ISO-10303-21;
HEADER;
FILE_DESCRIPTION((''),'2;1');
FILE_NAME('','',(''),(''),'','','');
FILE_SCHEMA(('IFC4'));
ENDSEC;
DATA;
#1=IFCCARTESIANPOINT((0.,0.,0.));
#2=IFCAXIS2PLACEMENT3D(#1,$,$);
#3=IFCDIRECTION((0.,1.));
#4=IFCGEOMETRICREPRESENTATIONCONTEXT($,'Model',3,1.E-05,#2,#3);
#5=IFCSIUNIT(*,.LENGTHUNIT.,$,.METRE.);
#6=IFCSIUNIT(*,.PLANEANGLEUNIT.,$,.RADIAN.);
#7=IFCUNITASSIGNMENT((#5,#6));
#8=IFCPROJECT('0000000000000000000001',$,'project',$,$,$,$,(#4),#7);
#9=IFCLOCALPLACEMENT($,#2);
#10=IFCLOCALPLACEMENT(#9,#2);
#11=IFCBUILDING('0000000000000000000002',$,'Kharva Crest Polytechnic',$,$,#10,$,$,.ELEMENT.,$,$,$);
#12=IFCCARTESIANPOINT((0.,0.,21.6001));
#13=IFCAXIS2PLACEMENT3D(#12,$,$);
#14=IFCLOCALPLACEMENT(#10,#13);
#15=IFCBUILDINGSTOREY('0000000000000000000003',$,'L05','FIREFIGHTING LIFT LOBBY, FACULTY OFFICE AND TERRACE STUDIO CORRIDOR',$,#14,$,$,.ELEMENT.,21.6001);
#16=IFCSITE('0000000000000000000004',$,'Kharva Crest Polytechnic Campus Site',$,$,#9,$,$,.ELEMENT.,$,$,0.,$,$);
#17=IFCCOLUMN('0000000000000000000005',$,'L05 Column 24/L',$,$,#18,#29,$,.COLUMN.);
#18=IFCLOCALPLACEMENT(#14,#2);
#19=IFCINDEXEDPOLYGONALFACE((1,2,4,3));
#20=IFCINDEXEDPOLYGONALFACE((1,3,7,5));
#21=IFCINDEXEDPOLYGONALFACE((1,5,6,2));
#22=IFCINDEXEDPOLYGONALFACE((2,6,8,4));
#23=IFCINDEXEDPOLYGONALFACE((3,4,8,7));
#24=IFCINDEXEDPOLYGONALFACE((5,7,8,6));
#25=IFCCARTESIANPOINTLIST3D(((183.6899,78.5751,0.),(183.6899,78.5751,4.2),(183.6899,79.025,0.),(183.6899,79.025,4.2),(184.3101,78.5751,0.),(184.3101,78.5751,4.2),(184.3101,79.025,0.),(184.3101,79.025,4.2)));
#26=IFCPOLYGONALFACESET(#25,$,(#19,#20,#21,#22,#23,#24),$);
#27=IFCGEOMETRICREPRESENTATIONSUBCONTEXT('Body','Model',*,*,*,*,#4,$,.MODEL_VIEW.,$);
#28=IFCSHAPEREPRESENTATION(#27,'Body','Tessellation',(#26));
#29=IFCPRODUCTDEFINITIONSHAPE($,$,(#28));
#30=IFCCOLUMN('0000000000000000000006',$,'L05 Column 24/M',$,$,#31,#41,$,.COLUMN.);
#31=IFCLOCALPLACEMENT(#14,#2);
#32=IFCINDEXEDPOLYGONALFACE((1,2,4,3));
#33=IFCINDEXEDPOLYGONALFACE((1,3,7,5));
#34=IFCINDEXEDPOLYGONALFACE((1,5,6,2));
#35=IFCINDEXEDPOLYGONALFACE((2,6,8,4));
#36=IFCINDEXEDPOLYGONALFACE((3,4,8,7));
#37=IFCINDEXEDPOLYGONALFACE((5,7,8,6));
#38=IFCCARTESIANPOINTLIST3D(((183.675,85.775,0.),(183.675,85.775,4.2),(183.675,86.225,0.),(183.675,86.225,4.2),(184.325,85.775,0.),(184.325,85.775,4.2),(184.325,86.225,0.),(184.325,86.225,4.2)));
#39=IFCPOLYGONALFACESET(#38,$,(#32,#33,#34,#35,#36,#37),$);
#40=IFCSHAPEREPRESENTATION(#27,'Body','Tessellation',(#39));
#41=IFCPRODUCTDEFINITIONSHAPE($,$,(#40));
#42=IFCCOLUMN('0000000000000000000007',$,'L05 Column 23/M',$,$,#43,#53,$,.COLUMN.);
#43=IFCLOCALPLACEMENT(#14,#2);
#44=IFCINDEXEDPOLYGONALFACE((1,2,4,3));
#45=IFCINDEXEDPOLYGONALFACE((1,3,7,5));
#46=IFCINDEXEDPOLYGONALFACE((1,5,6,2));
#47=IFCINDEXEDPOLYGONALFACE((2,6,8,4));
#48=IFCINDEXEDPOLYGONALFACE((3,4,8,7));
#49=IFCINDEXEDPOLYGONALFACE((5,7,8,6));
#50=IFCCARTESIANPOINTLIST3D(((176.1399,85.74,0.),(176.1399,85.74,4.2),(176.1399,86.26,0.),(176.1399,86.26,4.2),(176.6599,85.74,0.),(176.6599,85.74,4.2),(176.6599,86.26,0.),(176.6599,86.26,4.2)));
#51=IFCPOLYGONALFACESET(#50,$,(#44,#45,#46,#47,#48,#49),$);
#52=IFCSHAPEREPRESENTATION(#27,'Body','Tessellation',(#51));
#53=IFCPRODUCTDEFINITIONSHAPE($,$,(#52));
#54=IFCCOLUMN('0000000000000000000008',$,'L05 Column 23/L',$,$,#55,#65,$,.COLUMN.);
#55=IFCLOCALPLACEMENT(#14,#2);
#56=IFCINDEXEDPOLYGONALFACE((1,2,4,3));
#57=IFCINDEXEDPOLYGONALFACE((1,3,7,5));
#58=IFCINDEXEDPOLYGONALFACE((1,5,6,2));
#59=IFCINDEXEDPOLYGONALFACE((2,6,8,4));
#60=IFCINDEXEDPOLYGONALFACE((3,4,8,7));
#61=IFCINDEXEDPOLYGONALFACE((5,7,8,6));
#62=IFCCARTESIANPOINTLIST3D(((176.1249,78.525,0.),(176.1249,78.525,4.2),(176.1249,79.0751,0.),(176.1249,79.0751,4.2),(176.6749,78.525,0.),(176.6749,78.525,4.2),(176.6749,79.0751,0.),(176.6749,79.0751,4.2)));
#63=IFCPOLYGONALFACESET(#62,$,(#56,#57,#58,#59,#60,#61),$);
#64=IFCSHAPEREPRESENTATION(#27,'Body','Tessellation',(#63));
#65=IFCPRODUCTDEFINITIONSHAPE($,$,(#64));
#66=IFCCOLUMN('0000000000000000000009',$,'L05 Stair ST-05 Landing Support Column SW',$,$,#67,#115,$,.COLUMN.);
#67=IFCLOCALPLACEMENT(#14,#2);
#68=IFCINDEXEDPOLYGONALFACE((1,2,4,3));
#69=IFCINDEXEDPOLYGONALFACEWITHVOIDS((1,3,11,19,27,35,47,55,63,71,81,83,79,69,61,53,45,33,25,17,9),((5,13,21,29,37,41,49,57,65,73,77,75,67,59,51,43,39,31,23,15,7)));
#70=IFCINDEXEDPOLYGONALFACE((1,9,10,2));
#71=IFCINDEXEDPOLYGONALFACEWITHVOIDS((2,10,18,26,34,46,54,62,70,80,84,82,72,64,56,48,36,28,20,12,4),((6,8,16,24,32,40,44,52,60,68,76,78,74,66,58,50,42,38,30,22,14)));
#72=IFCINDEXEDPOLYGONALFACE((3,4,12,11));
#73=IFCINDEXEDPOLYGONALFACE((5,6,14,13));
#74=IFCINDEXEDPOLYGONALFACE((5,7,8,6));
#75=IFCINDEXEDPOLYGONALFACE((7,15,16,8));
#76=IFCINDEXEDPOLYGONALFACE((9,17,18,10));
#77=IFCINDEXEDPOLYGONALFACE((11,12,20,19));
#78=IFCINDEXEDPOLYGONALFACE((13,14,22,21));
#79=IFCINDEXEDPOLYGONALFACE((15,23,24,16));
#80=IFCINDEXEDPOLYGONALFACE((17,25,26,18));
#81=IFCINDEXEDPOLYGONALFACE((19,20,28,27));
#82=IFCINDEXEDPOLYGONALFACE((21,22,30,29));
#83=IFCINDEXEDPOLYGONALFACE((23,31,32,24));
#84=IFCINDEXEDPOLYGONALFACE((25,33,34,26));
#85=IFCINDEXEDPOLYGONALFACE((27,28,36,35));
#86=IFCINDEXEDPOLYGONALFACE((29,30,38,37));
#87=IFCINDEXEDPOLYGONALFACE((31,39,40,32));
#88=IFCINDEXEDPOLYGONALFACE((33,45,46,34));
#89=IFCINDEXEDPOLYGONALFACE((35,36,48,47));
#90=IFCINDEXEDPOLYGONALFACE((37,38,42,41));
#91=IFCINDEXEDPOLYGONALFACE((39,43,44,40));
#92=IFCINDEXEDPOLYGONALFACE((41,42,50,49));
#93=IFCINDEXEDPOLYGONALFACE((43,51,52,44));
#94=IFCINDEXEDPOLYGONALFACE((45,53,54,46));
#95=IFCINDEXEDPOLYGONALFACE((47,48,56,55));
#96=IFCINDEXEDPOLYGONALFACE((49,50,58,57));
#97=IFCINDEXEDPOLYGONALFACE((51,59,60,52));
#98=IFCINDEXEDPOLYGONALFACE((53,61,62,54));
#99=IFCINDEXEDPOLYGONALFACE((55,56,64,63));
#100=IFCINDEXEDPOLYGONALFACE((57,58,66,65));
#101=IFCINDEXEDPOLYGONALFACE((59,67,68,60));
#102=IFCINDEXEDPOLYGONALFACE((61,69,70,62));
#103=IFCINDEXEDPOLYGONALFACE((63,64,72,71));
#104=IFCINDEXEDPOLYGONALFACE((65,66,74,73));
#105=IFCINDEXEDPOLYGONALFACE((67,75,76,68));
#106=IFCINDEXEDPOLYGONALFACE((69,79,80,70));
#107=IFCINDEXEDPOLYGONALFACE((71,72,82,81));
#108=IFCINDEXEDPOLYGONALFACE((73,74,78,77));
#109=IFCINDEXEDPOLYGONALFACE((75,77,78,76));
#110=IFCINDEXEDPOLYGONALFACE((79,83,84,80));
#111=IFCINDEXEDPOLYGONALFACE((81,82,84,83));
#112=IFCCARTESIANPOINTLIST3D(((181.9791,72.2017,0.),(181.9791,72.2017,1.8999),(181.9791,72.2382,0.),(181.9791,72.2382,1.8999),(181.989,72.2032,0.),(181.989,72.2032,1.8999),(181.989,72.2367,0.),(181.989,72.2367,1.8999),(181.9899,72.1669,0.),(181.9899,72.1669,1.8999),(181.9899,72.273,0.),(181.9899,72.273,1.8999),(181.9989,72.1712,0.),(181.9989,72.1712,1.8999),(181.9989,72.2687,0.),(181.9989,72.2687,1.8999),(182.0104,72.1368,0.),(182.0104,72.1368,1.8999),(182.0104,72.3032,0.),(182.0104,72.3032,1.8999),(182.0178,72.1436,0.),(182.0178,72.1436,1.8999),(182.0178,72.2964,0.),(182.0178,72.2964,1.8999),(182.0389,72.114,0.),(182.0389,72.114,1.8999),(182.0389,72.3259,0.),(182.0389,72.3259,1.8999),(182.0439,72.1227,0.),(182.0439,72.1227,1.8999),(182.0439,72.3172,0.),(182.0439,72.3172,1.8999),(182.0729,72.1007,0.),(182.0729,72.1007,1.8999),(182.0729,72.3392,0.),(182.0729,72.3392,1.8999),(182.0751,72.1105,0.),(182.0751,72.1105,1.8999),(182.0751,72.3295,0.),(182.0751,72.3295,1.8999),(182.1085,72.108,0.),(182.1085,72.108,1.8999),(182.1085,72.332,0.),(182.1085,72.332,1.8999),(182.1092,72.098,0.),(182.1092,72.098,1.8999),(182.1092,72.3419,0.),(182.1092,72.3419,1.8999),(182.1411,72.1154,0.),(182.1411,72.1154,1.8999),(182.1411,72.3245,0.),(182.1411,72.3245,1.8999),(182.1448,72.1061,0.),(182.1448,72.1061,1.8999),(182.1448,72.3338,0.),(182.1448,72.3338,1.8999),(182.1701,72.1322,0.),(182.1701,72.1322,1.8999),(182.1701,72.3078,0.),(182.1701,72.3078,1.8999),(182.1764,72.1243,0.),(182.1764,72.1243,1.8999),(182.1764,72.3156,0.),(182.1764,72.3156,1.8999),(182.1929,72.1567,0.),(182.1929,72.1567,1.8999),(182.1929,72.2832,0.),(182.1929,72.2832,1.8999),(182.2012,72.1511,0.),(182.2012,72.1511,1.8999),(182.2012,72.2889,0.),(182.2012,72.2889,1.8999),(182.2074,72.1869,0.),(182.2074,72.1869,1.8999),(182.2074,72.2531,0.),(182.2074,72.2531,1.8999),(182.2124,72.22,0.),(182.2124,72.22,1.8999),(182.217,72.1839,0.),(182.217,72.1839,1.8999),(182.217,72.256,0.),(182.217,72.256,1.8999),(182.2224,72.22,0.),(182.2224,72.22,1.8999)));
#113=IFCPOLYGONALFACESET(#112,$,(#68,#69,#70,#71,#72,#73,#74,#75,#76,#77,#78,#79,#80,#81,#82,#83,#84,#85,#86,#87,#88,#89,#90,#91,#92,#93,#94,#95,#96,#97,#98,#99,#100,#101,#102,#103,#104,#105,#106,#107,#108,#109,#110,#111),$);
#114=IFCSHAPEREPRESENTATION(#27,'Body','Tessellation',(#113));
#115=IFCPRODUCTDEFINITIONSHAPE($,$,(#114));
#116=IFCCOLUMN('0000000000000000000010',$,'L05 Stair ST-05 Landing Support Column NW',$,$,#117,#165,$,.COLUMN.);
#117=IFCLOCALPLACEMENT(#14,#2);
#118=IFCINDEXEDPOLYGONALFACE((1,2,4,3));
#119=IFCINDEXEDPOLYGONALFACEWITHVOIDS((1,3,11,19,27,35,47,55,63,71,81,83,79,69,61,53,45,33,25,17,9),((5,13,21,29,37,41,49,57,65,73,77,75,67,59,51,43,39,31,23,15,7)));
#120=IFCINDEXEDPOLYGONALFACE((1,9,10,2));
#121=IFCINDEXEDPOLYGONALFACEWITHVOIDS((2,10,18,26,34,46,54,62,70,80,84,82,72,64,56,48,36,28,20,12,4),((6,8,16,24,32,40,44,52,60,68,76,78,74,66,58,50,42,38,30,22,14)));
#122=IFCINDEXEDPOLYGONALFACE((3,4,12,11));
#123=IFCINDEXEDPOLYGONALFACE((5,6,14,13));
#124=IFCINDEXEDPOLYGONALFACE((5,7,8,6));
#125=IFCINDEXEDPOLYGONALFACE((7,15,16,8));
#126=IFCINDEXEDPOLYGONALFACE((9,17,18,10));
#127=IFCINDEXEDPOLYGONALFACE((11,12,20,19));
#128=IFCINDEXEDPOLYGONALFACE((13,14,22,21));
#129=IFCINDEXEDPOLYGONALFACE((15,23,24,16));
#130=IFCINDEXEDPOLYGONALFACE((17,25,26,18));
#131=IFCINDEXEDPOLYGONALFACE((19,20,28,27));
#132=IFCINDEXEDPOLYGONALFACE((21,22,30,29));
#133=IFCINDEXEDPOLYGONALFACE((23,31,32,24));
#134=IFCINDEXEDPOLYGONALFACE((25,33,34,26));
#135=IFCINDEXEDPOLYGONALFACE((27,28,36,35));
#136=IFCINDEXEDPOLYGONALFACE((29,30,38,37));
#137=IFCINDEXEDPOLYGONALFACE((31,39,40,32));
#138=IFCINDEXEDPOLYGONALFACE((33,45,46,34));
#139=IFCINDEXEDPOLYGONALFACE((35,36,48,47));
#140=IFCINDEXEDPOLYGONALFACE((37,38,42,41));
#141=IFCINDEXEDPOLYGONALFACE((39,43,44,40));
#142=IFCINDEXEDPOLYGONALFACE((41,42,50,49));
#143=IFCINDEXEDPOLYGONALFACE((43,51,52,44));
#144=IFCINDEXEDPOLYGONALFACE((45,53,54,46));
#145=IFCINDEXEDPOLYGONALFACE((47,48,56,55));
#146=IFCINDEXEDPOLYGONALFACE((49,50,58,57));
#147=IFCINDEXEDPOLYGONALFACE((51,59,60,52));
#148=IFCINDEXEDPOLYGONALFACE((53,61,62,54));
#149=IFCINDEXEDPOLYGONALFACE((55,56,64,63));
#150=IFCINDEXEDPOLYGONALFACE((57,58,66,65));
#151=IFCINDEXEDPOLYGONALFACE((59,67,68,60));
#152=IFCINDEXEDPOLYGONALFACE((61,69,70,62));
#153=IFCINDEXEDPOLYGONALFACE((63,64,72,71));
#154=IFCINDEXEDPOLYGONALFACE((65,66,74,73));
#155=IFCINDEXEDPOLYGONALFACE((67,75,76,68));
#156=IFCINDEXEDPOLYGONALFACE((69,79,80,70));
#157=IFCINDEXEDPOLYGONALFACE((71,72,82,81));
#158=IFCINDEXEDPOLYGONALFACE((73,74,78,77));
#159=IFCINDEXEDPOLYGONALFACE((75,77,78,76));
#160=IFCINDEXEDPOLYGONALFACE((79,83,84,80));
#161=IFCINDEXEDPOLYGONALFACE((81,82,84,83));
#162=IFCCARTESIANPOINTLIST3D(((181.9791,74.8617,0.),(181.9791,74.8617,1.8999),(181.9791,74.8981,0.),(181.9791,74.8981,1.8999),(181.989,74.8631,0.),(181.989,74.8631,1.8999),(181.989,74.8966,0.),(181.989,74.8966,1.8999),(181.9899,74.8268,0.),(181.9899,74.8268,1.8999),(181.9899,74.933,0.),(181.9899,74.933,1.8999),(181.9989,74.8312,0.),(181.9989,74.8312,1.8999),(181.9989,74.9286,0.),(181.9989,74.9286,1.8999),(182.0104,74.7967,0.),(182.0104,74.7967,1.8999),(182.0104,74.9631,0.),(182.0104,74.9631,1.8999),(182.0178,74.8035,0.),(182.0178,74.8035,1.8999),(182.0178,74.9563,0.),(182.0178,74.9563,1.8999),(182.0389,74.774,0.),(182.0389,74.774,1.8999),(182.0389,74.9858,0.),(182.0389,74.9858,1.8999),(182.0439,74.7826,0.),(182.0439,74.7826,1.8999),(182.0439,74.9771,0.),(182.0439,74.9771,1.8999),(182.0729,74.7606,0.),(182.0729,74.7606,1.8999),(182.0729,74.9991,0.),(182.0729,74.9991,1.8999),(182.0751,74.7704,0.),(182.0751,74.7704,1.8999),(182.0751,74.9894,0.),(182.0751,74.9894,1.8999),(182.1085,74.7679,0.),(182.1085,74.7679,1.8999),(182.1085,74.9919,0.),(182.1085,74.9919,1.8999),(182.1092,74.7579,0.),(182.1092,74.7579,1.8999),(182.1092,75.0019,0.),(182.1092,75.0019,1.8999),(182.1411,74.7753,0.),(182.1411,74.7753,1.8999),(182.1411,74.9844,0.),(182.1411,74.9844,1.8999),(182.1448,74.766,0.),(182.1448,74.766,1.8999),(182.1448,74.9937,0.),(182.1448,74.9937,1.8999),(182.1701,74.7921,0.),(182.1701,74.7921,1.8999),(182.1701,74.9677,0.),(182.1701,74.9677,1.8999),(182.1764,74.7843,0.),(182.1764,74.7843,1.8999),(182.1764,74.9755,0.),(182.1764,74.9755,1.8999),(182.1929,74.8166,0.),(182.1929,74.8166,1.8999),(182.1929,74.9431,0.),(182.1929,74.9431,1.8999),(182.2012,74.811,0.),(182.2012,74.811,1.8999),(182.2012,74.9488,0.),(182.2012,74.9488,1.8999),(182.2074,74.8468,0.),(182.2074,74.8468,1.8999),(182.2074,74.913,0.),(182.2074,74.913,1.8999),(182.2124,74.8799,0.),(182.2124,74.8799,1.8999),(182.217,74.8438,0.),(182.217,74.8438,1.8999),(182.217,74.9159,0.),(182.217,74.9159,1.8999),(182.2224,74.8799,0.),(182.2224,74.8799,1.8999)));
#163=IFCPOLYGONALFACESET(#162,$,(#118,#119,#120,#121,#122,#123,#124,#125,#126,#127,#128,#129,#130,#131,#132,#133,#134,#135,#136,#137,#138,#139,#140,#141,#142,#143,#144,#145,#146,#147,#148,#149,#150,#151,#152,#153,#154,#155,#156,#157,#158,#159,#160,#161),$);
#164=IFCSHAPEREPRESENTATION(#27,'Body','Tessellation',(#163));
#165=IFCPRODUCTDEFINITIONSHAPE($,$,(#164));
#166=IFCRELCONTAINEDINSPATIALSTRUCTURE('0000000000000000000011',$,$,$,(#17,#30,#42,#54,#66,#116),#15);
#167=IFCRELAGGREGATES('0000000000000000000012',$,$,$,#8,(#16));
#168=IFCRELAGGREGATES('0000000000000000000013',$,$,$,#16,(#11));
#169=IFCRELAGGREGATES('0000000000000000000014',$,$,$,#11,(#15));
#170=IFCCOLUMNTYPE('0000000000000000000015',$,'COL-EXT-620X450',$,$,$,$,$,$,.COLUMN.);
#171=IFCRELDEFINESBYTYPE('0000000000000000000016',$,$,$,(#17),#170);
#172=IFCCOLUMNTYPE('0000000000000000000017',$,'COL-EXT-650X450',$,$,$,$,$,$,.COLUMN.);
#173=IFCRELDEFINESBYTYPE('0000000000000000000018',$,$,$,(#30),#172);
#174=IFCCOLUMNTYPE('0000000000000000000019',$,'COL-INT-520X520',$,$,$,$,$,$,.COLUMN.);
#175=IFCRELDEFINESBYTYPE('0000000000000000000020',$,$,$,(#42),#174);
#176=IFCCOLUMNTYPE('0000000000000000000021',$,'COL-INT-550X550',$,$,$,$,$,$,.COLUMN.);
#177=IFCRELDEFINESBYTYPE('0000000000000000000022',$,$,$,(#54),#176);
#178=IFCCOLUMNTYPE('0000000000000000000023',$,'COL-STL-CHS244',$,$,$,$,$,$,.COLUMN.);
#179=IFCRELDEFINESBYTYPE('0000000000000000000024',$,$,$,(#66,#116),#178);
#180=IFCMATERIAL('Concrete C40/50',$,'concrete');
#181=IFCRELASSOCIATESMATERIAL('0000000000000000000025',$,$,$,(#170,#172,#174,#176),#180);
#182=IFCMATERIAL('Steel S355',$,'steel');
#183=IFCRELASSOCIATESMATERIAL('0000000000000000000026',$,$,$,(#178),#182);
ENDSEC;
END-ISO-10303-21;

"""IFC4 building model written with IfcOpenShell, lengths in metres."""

from ifc_helpers import new_model, si_unit, direction, frame, origin, origin_2d, place, context, subcontext, project, spatial, rectangle, hollow_circle, extrude, material, material_profile, profile_set, type_object, element, save


model = new_model("IFC4")

# Units and contexts
model_context = context("Model", 3, precision=1e-05, world=origin(), true_north=direction((0.0, 1.0)))
body_context = subcontext(model_context, "Body", "Model", "MODEL_VIEW")
ifc_project = project(units=[si_unit("LENGTHUNIT", "METRE"), si_unit("PLANEANGLEUNIT", "RADIAN")], contexts=[model_context])

# Site, building, storey
site_placement = place(None, origin())
site = spatial("IfcSite", under=ifc_project, at=site_placement, Name="Kharva Crest Polytechnic Campus Site", CompositionType="ELEMENT", RefElevation=0.0)
building_placement = place(site_placement, origin())
building = spatial("IfcBuilding", under=site, at=building_placement, Name="Kharva Crest Polytechnic", CompositionType="ELEMENT")
storey_placement = place(building_placement, frame((0.0, 0.0, 21.6001)))
storey = spatial("IfcBuildingStorey", under=building, at=storey_placement, Name="L05", Description="FIREFIGHTING LIFT LOBBY, FACULTY OFFICE AND TERRACE STUDIO CORRIDOR", CompositionType="ELEMENT", Elevation=21.6001)

# Columns
ifc_material_1 = material(Name="Concrete C40/50", Category="concrete")
ifc_material_profile_1 = material_profile(ifc_material_1, rectangle(XDim=0.6201, YDim=0.45, at=origin_2d()), Name="RECT 620 X 450")
ifc_profile_set_1 = profile_set([ifc_material_profile_1], Name="Concrete C40/50")
column_type_1 = type_object("IfcColumnType", Name="COL-EXT-620X450", PredefinedType="COLUMN", material=ifc_profile_set_1)
column_1_placement = place(storey_placement, frame((184.0, 78.8, 0.0), z_axis=(0.0, 0.0, 1.0), x_axis=(1.0, 0.0, 0.0)))
element("IfcColumn", 1, at=column_1_placement, inside=storey, type_object=column_type_1, Name="L05 Column 24/L", PredefinedType="COLUMN", context=body_context, shape_type="SweptSolid", body=[
    extrude(rectangle(XDim=0.6201, YDim=0.45, at=origin_2d()), origin(), (0.0, 0.0, 1.0), 4.2),
])
ifc_material_profile_2 = material_profile(ifc_material_1, rectangle(XDim=0.6499, YDim=0.45, at=origin_2d()), Name="RECT 650 X 450")
ifc_profile_set_2 = profile_set([ifc_material_profile_2], Name="Concrete C40/50")
column_type_2 = type_object("IfcColumnType", Name="COL-EXT-650X450", PredefinedType="COLUMN", material=ifc_profile_set_2)
column_2_placement = place(storey_placement, frame((184.0, 86.0, 0.0), z_axis=(0.0, 0.0, 1.0), x_axis=(1.0, 0.0, 0.0)))
element("IfcColumn", 2, at=column_2_placement, inside=storey, type_object=column_type_2, Name="L05 Column 24/M", PredefinedType="COLUMN", context=body_context, shape_type="SweptSolid", body=[
    extrude(rectangle(XDim=0.6499, YDim=0.45, at=origin_2d()), origin(), (0.0, 0.0, 1.0), 4.2),
])
ifc_material_profile_3 = material_profile(ifc_material_1, rectangle(XDim=0.52, YDim=0.52, at=origin_2d()), Name="RECT 520 X 520")
ifc_profile_set_3 = profile_set([ifc_material_profile_3], Name="Concrete C40/50")
column_type_3 = type_object("IfcColumnType", Name="COL-INT-520X520", PredefinedType="COLUMN", material=ifc_profile_set_3)
column_3_placement = place(storey_placement, frame((176.3999, 86.0, 0.0), z_axis=(0.0, 0.0, 1.0), x_axis=(1.0, 0.0, 0.0)))
element("IfcColumn", 3, at=column_3_placement, inside=storey, type_object=column_type_3, Name="L05 Column 23/M", PredefinedType="COLUMN", context=body_context, shape_type="SweptSolid", body=[
    extrude(rectangle(XDim=0.52, YDim=0.52, at=origin_2d()), origin(), (0.0, 0.0, 1.0), 4.2),
])
ifc_material_profile_4 = material_profile(ifc_material_1, rectangle(XDim=0.55, YDim=0.55, at=origin_2d()), Name="RECT 550 X 550")
ifc_profile_set_4 = profile_set([ifc_material_profile_4], Name="Concrete C40/50")
column_type_4 = type_object("IfcColumnType", Name="COL-INT-550X550", PredefinedType="COLUMN", material=ifc_profile_set_4)
column_4_placement = place(storey_placement, frame((176.3999, 78.8, 0.0), z_axis=(0.0, 0.0, 1.0), x_axis=(1.0, 0.0, 0.0)))
element("IfcColumn", 4, at=column_4_placement, inside=storey, type_object=column_type_4, Name="L05 Column 23/L", PredefinedType="COLUMN", context=body_context, shape_type="SweptSolid", body=[
    extrude(rectangle(XDim=0.55, YDim=0.55, at=origin_2d()), origin(), (0.0, 0.0, 1.0), 4.2),
])
ifc_material_2 = material(Name="Steel S355", Category="steel")
ifc_material_profile_5 = material_profile(ifc_material_2, hollow_circle(Radius=0.1223, WallThickness=0.01, at=origin_2d()), Name="CHS 244.5X10.0")
ifc_profile_set_5 = profile_set([ifc_material_profile_5], Name="Steel S355")
column_type_5 = type_object("IfcColumnType", Name="COL-STL-CHS244", PredefinedType="COLUMN", material=ifc_profile_set_5)
for number, where, z_axis, x_axis, name in (
    (5, (182.1001, 72.22, 0.0), (0.0, 0.0, 1.0), (1.0, 0.0, 0.0), "L05 Stair ST-05 Landing Support Column SW"),
    (6, (182.1001, 74.8799, 0.0), (0.0, 0.0, 1.0), (1.0, 0.0, 0.0), "L05 Stair ST-05 Landing Support Column NW"),
):
    element("IfcColumn", number, at=place(storey_placement, frame(where, z_axis=z_axis, x_axis=x_axis)), inside=storey, type_object=column_type_5, Name=name, PredefinedType="COLUMN", context=body_context, shape_type="SweptSolid", body=[
        extrude(hollow_circle(Radius=0.1223, WallThickness=0.01, at=origin_2d()), origin(), (0.0, 0.0, 1.0), 1.8999),
    ])

save(model, "model.ifc")
